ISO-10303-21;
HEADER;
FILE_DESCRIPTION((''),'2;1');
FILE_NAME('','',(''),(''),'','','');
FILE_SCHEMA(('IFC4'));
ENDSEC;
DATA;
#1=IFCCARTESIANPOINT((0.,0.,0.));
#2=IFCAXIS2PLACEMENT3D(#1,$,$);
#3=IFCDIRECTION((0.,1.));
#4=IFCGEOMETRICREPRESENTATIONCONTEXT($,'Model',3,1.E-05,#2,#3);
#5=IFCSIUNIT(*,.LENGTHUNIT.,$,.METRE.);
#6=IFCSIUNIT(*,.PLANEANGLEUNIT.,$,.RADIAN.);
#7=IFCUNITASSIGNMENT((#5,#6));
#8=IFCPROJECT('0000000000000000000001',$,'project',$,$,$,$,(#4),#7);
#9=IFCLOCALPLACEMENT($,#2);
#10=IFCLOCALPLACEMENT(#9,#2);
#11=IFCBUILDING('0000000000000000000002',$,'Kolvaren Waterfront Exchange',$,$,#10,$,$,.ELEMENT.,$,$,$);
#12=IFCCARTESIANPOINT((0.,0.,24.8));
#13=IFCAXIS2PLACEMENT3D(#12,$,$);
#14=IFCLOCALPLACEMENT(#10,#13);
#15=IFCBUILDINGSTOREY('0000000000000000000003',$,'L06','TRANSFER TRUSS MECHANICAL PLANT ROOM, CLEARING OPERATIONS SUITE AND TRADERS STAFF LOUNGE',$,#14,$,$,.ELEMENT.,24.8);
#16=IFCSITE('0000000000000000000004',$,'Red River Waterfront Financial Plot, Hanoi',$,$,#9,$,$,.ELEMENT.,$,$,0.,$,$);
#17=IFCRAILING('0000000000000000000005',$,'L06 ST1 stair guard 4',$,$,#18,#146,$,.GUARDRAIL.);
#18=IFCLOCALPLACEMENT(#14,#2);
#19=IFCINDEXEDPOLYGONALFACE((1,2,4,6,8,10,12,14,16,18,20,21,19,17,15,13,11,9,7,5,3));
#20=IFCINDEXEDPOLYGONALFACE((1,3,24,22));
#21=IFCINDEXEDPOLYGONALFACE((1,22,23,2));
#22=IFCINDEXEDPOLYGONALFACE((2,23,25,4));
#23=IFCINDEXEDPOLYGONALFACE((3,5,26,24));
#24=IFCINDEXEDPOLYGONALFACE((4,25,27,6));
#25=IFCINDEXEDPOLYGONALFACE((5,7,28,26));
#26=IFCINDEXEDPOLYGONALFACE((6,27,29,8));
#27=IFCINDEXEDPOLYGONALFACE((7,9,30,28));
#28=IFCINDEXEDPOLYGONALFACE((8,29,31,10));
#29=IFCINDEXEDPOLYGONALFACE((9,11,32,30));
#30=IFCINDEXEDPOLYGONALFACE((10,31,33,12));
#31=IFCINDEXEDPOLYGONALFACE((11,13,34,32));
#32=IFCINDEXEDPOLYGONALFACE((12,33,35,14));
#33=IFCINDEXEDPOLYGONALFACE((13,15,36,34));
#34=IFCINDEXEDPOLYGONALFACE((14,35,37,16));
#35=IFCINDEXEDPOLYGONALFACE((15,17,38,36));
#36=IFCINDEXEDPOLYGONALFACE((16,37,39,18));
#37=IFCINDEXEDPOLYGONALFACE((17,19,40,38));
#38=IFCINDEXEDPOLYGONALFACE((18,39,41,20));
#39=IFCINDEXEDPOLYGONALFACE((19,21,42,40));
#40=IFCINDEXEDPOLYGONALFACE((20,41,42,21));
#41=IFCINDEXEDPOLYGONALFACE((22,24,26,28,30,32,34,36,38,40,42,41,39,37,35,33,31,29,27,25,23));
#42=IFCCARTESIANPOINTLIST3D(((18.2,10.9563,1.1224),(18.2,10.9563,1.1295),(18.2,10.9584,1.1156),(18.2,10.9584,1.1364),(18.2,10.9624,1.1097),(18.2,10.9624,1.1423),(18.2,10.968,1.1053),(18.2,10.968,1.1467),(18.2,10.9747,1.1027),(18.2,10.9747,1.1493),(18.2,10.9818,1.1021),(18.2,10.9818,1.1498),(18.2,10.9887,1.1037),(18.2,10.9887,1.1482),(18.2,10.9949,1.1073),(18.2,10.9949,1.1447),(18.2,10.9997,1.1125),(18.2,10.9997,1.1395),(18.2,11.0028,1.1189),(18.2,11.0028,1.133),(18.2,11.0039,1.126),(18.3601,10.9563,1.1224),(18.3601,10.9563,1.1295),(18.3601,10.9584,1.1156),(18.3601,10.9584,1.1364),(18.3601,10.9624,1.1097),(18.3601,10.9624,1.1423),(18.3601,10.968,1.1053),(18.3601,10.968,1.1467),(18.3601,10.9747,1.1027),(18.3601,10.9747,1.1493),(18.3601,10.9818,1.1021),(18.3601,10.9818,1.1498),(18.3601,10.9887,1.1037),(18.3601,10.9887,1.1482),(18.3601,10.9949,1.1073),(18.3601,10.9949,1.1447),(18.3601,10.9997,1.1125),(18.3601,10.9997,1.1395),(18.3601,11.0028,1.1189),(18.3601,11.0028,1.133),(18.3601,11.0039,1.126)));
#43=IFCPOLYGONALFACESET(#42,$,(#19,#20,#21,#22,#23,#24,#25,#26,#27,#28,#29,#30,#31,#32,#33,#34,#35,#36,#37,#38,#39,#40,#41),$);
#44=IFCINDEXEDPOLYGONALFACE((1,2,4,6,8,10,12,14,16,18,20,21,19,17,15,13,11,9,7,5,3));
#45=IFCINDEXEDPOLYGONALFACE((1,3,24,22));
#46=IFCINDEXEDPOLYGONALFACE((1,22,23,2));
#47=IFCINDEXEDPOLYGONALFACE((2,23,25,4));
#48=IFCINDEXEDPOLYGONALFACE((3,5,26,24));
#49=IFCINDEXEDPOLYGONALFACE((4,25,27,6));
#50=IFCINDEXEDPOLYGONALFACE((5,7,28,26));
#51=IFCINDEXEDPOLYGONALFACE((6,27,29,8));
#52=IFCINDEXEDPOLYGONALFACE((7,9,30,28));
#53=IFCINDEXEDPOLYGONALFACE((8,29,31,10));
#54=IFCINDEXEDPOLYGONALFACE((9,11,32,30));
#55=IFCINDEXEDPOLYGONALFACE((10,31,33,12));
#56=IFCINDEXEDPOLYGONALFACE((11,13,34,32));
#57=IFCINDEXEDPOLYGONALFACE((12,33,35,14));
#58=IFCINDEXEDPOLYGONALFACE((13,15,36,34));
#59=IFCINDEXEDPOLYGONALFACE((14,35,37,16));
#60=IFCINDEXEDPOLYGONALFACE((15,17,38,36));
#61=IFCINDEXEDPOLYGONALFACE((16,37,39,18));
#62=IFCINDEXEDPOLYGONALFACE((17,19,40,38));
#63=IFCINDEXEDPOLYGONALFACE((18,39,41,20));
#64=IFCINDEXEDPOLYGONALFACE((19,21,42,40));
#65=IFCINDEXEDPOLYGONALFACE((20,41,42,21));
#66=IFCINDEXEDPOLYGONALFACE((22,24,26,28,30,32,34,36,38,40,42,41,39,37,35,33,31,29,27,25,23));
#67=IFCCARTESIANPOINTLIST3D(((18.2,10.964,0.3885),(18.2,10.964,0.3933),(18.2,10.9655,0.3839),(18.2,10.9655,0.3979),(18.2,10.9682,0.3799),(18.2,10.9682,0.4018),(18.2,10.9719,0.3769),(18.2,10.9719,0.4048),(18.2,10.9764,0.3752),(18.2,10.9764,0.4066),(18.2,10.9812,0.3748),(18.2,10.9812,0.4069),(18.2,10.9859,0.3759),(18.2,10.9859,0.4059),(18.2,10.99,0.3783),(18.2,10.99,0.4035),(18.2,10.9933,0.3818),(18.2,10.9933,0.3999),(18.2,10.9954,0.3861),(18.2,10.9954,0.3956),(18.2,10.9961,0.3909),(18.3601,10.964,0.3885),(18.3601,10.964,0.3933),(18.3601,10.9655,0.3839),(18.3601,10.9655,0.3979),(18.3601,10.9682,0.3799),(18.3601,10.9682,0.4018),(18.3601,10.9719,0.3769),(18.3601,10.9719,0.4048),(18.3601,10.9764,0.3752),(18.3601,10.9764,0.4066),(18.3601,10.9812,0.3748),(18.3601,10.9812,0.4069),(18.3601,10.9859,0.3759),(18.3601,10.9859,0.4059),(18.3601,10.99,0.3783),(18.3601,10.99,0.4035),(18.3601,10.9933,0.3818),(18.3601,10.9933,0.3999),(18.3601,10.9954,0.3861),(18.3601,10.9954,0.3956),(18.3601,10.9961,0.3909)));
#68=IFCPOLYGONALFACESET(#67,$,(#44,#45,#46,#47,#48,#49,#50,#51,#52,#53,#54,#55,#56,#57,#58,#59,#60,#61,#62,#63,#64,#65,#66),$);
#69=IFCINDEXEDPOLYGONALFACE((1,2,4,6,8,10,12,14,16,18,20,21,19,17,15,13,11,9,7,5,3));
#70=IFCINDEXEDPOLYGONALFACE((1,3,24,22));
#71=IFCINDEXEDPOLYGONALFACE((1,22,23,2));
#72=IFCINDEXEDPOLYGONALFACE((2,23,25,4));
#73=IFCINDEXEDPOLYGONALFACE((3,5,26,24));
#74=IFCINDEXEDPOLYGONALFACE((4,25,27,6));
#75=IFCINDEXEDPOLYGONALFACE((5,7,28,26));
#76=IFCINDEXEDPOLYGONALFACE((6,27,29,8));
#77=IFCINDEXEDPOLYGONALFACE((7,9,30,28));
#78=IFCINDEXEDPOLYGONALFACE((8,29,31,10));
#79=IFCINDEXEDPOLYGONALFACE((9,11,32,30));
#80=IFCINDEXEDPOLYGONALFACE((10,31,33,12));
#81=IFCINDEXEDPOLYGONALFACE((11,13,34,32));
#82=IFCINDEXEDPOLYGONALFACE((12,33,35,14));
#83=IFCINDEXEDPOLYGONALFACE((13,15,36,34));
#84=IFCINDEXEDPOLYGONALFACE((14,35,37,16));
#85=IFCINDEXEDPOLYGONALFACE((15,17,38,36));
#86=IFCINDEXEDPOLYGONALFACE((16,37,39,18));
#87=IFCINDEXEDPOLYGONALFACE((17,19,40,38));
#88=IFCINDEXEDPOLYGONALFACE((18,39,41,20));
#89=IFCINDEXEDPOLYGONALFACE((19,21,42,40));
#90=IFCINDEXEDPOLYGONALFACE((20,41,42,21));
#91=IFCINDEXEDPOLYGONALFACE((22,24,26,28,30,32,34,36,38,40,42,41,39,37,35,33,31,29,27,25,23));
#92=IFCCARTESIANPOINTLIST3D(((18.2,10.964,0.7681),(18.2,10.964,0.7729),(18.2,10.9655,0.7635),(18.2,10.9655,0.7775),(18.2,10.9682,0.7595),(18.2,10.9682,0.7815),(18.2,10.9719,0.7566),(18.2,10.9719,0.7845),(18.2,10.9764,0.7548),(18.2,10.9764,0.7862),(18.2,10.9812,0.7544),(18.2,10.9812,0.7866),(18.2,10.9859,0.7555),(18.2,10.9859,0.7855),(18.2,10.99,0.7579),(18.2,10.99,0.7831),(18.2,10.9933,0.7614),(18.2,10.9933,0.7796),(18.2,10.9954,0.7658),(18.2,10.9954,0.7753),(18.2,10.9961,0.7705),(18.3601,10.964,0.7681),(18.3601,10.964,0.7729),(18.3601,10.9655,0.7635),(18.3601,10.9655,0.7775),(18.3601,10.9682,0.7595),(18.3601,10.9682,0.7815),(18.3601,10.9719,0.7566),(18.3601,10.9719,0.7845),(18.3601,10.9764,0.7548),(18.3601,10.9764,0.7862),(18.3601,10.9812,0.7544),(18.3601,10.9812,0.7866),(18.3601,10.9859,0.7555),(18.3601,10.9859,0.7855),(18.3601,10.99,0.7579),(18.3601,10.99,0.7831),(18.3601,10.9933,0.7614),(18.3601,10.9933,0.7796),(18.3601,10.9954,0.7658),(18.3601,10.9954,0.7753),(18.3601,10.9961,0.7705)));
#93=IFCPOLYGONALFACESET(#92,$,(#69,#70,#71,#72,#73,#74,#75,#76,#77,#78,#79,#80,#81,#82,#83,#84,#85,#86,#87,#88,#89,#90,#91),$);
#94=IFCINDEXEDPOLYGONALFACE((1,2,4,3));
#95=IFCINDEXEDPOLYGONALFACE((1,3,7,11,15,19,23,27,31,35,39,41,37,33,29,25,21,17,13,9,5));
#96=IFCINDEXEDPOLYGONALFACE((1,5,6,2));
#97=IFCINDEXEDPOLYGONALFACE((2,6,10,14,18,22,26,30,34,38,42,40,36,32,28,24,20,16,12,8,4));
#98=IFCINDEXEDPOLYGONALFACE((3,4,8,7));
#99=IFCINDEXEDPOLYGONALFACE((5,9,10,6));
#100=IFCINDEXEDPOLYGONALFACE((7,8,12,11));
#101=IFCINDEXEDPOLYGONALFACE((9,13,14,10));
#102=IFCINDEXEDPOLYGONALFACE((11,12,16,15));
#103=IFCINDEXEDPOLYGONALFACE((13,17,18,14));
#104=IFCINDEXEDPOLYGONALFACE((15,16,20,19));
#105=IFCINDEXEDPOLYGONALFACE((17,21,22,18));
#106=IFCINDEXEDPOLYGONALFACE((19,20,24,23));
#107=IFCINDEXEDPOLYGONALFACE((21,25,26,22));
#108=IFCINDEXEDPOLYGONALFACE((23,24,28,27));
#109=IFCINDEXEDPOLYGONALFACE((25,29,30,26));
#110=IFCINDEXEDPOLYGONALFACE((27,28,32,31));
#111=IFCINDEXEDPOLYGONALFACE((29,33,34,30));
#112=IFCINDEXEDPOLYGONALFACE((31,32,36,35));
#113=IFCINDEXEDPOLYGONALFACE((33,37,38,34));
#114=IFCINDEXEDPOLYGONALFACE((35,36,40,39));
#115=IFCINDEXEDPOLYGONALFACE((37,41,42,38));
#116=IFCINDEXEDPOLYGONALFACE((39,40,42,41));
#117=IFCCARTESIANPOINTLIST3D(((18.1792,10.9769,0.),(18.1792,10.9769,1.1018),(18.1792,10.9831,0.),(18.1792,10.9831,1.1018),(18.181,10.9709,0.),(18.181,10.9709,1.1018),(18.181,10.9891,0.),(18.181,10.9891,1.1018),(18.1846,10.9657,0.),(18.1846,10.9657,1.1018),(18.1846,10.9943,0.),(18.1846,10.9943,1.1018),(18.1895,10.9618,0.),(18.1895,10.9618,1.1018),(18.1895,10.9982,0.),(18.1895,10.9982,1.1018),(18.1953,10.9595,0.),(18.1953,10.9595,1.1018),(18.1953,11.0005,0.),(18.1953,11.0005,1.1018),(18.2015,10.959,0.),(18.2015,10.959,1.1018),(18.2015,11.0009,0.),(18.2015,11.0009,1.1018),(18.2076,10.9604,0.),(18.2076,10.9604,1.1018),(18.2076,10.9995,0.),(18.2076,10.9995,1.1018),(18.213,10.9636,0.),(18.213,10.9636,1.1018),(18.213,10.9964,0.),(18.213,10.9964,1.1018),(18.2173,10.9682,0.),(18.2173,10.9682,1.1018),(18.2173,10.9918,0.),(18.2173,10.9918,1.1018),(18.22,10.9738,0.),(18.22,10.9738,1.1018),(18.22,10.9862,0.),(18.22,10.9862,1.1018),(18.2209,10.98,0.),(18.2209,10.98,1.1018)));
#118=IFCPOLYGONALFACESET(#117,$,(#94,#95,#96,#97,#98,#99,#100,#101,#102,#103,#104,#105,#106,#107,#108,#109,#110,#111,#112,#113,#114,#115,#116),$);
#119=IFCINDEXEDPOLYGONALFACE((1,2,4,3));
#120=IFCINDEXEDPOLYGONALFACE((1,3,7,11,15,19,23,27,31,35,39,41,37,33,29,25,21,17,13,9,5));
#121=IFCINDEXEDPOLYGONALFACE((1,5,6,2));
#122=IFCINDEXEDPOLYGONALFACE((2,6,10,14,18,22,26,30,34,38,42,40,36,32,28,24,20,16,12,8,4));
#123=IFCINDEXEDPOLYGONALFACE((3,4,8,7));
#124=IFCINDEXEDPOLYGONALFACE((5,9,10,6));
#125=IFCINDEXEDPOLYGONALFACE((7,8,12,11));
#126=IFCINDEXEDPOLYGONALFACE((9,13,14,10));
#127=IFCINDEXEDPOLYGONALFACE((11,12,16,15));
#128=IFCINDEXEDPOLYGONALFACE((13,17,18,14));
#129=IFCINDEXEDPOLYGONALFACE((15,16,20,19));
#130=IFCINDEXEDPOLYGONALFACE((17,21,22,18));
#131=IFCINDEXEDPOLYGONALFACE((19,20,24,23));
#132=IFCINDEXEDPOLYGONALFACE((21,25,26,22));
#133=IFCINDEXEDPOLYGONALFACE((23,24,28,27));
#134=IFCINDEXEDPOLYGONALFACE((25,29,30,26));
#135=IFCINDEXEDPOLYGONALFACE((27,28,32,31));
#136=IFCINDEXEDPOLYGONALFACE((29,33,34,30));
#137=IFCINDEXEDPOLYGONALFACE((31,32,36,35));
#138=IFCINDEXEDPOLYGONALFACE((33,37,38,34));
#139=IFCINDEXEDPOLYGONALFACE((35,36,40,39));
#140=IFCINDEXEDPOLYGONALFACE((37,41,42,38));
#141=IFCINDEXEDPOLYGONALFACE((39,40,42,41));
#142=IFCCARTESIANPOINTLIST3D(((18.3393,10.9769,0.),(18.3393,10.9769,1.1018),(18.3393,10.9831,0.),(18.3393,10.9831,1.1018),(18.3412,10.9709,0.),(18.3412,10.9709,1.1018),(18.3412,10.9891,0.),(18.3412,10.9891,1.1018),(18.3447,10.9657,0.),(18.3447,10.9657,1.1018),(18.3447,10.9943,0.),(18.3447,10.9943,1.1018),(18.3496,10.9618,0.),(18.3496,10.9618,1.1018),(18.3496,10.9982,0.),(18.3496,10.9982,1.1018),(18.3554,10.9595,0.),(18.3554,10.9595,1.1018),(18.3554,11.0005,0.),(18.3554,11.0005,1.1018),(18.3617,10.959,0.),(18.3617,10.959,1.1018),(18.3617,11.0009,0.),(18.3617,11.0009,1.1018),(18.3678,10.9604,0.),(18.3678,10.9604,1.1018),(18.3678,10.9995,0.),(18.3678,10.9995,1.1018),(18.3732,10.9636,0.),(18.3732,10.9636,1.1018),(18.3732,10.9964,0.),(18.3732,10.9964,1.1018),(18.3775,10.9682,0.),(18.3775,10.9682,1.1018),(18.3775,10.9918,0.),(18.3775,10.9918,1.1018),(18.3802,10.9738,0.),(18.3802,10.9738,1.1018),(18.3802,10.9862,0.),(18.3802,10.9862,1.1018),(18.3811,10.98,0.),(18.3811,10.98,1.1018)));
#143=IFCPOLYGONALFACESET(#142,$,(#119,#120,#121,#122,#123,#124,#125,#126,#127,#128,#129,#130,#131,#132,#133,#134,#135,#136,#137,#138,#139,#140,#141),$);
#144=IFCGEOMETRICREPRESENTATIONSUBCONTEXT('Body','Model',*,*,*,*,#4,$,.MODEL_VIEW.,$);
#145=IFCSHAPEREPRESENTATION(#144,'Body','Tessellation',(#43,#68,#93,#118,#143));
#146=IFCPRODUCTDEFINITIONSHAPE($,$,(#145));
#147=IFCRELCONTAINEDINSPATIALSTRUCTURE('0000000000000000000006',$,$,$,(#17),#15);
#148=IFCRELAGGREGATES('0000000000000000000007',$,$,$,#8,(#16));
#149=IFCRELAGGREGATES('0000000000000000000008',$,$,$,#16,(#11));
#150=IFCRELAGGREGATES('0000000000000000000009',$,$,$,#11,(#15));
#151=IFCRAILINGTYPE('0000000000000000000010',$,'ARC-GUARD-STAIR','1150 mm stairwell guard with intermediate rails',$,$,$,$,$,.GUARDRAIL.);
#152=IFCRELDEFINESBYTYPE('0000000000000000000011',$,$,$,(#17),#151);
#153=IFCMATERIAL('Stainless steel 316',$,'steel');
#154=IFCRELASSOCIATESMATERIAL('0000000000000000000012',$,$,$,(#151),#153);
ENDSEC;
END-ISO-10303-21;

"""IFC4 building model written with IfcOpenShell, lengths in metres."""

from ifc_helpers import new_model, si_unit, direction, frame, origin, origin_2d, place, context, subcontext, project, spatial, circle, extrude, material, type_object, element, save


model = new_model("IFC4")

# Units and contexts
model_context = context("Model", 3, precision=1e-05, world=origin(), true_north=direction((0.0, 1.0)))
body_context = subcontext(model_context, "Body", "Model", "MODEL_VIEW")
ifc_project = project(units=[si_unit("LENGTHUNIT", "METRE"), si_unit("PLANEANGLEUNIT", "RADIAN")], contexts=[model_context])

# Site, building, storey
site_placement = place(None, origin())
site = spatial("IfcSite", under=ifc_project, at=site_placement, Name="Red River Waterfront Financial Plot, Hanoi", CompositionType="ELEMENT", RefElevation=0.0)
building_placement = place(site_placement, origin())
building = spatial("IfcBuilding", under=site, at=building_placement, Name="Kolvaren Waterfront Exchange", CompositionType="ELEMENT")
storey_placement = place(building_placement, frame((0.0, 0.0, 24.8)))
storey = spatial("IfcBuildingStorey", under=building, at=storey_placement, Name="L06", Description="TRANSFER TRUSS MECHANICAL PLANT ROOM, CLEARING OPERATIONS SUITE AND TRADERS STAFF LOUNGE", CompositionType="ELEMENT", Elevation=24.8)

# Railing
ifc_material_1 = material(Name="Stainless steel 316", Category="steel")
railing_type_1 = type_object("IfcRailingType", Name="ARC-GUARD-STAIR", Description="1150 mm stairwell guard with intermediate rails", PredefinedType="GUARDRAIL", material=ifc_material_1)
railing_1_placement = place(storey_placement, frame((18.2, 10.98, 0.0)))
element("IfcRailing", 1, at=railing_1_placement, inside=storey, type_object=railing_type_1, Name="L06 ST1 stair guard 4", PredefinedType="GUARDRAIL", context=body_context, shape_type="SweptSolid", body=[
    extrude(circle(Radius=0.0239, at=origin_2d()), frame((0.0, 0.0, 1.126), z_axis=(1.0, 0.0, 0.0), x_axis=(0.0, 1.0, 0.0)), (0.0, 0.0, 1.0), 0.1602),
    extrude(circle(Radius=0.0161, at=origin_2d()), frame((0.0, 0.0, 0.3909), z_axis=(1.0, 0.0, 0.0), x_axis=(0.0, 1.0, 0.0)), (0.0, 0.0, 1.0), 0.1602),
    extrude(circle(Radius=0.0161, at=origin_2d()), frame((0.0, 0.0, 0.7705), z_axis=(1.0, 0.0, 0.0), x_axis=(0.0, 1.0, 0.0)), (0.0, 0.0, 1.0), 0.1602),
    extrude(circle(Radius=0.021, at=origin_2d()), origin(), (0.0, 0.0, 1.0), 1.1018),
    extrude(circle(Radius=0.021, at=origin_2d()), frame((0.1602, 0.0, 0.0)), (0.0, 0.0, 1.0), 1.1018),
])

save(model, "model.ifc")
